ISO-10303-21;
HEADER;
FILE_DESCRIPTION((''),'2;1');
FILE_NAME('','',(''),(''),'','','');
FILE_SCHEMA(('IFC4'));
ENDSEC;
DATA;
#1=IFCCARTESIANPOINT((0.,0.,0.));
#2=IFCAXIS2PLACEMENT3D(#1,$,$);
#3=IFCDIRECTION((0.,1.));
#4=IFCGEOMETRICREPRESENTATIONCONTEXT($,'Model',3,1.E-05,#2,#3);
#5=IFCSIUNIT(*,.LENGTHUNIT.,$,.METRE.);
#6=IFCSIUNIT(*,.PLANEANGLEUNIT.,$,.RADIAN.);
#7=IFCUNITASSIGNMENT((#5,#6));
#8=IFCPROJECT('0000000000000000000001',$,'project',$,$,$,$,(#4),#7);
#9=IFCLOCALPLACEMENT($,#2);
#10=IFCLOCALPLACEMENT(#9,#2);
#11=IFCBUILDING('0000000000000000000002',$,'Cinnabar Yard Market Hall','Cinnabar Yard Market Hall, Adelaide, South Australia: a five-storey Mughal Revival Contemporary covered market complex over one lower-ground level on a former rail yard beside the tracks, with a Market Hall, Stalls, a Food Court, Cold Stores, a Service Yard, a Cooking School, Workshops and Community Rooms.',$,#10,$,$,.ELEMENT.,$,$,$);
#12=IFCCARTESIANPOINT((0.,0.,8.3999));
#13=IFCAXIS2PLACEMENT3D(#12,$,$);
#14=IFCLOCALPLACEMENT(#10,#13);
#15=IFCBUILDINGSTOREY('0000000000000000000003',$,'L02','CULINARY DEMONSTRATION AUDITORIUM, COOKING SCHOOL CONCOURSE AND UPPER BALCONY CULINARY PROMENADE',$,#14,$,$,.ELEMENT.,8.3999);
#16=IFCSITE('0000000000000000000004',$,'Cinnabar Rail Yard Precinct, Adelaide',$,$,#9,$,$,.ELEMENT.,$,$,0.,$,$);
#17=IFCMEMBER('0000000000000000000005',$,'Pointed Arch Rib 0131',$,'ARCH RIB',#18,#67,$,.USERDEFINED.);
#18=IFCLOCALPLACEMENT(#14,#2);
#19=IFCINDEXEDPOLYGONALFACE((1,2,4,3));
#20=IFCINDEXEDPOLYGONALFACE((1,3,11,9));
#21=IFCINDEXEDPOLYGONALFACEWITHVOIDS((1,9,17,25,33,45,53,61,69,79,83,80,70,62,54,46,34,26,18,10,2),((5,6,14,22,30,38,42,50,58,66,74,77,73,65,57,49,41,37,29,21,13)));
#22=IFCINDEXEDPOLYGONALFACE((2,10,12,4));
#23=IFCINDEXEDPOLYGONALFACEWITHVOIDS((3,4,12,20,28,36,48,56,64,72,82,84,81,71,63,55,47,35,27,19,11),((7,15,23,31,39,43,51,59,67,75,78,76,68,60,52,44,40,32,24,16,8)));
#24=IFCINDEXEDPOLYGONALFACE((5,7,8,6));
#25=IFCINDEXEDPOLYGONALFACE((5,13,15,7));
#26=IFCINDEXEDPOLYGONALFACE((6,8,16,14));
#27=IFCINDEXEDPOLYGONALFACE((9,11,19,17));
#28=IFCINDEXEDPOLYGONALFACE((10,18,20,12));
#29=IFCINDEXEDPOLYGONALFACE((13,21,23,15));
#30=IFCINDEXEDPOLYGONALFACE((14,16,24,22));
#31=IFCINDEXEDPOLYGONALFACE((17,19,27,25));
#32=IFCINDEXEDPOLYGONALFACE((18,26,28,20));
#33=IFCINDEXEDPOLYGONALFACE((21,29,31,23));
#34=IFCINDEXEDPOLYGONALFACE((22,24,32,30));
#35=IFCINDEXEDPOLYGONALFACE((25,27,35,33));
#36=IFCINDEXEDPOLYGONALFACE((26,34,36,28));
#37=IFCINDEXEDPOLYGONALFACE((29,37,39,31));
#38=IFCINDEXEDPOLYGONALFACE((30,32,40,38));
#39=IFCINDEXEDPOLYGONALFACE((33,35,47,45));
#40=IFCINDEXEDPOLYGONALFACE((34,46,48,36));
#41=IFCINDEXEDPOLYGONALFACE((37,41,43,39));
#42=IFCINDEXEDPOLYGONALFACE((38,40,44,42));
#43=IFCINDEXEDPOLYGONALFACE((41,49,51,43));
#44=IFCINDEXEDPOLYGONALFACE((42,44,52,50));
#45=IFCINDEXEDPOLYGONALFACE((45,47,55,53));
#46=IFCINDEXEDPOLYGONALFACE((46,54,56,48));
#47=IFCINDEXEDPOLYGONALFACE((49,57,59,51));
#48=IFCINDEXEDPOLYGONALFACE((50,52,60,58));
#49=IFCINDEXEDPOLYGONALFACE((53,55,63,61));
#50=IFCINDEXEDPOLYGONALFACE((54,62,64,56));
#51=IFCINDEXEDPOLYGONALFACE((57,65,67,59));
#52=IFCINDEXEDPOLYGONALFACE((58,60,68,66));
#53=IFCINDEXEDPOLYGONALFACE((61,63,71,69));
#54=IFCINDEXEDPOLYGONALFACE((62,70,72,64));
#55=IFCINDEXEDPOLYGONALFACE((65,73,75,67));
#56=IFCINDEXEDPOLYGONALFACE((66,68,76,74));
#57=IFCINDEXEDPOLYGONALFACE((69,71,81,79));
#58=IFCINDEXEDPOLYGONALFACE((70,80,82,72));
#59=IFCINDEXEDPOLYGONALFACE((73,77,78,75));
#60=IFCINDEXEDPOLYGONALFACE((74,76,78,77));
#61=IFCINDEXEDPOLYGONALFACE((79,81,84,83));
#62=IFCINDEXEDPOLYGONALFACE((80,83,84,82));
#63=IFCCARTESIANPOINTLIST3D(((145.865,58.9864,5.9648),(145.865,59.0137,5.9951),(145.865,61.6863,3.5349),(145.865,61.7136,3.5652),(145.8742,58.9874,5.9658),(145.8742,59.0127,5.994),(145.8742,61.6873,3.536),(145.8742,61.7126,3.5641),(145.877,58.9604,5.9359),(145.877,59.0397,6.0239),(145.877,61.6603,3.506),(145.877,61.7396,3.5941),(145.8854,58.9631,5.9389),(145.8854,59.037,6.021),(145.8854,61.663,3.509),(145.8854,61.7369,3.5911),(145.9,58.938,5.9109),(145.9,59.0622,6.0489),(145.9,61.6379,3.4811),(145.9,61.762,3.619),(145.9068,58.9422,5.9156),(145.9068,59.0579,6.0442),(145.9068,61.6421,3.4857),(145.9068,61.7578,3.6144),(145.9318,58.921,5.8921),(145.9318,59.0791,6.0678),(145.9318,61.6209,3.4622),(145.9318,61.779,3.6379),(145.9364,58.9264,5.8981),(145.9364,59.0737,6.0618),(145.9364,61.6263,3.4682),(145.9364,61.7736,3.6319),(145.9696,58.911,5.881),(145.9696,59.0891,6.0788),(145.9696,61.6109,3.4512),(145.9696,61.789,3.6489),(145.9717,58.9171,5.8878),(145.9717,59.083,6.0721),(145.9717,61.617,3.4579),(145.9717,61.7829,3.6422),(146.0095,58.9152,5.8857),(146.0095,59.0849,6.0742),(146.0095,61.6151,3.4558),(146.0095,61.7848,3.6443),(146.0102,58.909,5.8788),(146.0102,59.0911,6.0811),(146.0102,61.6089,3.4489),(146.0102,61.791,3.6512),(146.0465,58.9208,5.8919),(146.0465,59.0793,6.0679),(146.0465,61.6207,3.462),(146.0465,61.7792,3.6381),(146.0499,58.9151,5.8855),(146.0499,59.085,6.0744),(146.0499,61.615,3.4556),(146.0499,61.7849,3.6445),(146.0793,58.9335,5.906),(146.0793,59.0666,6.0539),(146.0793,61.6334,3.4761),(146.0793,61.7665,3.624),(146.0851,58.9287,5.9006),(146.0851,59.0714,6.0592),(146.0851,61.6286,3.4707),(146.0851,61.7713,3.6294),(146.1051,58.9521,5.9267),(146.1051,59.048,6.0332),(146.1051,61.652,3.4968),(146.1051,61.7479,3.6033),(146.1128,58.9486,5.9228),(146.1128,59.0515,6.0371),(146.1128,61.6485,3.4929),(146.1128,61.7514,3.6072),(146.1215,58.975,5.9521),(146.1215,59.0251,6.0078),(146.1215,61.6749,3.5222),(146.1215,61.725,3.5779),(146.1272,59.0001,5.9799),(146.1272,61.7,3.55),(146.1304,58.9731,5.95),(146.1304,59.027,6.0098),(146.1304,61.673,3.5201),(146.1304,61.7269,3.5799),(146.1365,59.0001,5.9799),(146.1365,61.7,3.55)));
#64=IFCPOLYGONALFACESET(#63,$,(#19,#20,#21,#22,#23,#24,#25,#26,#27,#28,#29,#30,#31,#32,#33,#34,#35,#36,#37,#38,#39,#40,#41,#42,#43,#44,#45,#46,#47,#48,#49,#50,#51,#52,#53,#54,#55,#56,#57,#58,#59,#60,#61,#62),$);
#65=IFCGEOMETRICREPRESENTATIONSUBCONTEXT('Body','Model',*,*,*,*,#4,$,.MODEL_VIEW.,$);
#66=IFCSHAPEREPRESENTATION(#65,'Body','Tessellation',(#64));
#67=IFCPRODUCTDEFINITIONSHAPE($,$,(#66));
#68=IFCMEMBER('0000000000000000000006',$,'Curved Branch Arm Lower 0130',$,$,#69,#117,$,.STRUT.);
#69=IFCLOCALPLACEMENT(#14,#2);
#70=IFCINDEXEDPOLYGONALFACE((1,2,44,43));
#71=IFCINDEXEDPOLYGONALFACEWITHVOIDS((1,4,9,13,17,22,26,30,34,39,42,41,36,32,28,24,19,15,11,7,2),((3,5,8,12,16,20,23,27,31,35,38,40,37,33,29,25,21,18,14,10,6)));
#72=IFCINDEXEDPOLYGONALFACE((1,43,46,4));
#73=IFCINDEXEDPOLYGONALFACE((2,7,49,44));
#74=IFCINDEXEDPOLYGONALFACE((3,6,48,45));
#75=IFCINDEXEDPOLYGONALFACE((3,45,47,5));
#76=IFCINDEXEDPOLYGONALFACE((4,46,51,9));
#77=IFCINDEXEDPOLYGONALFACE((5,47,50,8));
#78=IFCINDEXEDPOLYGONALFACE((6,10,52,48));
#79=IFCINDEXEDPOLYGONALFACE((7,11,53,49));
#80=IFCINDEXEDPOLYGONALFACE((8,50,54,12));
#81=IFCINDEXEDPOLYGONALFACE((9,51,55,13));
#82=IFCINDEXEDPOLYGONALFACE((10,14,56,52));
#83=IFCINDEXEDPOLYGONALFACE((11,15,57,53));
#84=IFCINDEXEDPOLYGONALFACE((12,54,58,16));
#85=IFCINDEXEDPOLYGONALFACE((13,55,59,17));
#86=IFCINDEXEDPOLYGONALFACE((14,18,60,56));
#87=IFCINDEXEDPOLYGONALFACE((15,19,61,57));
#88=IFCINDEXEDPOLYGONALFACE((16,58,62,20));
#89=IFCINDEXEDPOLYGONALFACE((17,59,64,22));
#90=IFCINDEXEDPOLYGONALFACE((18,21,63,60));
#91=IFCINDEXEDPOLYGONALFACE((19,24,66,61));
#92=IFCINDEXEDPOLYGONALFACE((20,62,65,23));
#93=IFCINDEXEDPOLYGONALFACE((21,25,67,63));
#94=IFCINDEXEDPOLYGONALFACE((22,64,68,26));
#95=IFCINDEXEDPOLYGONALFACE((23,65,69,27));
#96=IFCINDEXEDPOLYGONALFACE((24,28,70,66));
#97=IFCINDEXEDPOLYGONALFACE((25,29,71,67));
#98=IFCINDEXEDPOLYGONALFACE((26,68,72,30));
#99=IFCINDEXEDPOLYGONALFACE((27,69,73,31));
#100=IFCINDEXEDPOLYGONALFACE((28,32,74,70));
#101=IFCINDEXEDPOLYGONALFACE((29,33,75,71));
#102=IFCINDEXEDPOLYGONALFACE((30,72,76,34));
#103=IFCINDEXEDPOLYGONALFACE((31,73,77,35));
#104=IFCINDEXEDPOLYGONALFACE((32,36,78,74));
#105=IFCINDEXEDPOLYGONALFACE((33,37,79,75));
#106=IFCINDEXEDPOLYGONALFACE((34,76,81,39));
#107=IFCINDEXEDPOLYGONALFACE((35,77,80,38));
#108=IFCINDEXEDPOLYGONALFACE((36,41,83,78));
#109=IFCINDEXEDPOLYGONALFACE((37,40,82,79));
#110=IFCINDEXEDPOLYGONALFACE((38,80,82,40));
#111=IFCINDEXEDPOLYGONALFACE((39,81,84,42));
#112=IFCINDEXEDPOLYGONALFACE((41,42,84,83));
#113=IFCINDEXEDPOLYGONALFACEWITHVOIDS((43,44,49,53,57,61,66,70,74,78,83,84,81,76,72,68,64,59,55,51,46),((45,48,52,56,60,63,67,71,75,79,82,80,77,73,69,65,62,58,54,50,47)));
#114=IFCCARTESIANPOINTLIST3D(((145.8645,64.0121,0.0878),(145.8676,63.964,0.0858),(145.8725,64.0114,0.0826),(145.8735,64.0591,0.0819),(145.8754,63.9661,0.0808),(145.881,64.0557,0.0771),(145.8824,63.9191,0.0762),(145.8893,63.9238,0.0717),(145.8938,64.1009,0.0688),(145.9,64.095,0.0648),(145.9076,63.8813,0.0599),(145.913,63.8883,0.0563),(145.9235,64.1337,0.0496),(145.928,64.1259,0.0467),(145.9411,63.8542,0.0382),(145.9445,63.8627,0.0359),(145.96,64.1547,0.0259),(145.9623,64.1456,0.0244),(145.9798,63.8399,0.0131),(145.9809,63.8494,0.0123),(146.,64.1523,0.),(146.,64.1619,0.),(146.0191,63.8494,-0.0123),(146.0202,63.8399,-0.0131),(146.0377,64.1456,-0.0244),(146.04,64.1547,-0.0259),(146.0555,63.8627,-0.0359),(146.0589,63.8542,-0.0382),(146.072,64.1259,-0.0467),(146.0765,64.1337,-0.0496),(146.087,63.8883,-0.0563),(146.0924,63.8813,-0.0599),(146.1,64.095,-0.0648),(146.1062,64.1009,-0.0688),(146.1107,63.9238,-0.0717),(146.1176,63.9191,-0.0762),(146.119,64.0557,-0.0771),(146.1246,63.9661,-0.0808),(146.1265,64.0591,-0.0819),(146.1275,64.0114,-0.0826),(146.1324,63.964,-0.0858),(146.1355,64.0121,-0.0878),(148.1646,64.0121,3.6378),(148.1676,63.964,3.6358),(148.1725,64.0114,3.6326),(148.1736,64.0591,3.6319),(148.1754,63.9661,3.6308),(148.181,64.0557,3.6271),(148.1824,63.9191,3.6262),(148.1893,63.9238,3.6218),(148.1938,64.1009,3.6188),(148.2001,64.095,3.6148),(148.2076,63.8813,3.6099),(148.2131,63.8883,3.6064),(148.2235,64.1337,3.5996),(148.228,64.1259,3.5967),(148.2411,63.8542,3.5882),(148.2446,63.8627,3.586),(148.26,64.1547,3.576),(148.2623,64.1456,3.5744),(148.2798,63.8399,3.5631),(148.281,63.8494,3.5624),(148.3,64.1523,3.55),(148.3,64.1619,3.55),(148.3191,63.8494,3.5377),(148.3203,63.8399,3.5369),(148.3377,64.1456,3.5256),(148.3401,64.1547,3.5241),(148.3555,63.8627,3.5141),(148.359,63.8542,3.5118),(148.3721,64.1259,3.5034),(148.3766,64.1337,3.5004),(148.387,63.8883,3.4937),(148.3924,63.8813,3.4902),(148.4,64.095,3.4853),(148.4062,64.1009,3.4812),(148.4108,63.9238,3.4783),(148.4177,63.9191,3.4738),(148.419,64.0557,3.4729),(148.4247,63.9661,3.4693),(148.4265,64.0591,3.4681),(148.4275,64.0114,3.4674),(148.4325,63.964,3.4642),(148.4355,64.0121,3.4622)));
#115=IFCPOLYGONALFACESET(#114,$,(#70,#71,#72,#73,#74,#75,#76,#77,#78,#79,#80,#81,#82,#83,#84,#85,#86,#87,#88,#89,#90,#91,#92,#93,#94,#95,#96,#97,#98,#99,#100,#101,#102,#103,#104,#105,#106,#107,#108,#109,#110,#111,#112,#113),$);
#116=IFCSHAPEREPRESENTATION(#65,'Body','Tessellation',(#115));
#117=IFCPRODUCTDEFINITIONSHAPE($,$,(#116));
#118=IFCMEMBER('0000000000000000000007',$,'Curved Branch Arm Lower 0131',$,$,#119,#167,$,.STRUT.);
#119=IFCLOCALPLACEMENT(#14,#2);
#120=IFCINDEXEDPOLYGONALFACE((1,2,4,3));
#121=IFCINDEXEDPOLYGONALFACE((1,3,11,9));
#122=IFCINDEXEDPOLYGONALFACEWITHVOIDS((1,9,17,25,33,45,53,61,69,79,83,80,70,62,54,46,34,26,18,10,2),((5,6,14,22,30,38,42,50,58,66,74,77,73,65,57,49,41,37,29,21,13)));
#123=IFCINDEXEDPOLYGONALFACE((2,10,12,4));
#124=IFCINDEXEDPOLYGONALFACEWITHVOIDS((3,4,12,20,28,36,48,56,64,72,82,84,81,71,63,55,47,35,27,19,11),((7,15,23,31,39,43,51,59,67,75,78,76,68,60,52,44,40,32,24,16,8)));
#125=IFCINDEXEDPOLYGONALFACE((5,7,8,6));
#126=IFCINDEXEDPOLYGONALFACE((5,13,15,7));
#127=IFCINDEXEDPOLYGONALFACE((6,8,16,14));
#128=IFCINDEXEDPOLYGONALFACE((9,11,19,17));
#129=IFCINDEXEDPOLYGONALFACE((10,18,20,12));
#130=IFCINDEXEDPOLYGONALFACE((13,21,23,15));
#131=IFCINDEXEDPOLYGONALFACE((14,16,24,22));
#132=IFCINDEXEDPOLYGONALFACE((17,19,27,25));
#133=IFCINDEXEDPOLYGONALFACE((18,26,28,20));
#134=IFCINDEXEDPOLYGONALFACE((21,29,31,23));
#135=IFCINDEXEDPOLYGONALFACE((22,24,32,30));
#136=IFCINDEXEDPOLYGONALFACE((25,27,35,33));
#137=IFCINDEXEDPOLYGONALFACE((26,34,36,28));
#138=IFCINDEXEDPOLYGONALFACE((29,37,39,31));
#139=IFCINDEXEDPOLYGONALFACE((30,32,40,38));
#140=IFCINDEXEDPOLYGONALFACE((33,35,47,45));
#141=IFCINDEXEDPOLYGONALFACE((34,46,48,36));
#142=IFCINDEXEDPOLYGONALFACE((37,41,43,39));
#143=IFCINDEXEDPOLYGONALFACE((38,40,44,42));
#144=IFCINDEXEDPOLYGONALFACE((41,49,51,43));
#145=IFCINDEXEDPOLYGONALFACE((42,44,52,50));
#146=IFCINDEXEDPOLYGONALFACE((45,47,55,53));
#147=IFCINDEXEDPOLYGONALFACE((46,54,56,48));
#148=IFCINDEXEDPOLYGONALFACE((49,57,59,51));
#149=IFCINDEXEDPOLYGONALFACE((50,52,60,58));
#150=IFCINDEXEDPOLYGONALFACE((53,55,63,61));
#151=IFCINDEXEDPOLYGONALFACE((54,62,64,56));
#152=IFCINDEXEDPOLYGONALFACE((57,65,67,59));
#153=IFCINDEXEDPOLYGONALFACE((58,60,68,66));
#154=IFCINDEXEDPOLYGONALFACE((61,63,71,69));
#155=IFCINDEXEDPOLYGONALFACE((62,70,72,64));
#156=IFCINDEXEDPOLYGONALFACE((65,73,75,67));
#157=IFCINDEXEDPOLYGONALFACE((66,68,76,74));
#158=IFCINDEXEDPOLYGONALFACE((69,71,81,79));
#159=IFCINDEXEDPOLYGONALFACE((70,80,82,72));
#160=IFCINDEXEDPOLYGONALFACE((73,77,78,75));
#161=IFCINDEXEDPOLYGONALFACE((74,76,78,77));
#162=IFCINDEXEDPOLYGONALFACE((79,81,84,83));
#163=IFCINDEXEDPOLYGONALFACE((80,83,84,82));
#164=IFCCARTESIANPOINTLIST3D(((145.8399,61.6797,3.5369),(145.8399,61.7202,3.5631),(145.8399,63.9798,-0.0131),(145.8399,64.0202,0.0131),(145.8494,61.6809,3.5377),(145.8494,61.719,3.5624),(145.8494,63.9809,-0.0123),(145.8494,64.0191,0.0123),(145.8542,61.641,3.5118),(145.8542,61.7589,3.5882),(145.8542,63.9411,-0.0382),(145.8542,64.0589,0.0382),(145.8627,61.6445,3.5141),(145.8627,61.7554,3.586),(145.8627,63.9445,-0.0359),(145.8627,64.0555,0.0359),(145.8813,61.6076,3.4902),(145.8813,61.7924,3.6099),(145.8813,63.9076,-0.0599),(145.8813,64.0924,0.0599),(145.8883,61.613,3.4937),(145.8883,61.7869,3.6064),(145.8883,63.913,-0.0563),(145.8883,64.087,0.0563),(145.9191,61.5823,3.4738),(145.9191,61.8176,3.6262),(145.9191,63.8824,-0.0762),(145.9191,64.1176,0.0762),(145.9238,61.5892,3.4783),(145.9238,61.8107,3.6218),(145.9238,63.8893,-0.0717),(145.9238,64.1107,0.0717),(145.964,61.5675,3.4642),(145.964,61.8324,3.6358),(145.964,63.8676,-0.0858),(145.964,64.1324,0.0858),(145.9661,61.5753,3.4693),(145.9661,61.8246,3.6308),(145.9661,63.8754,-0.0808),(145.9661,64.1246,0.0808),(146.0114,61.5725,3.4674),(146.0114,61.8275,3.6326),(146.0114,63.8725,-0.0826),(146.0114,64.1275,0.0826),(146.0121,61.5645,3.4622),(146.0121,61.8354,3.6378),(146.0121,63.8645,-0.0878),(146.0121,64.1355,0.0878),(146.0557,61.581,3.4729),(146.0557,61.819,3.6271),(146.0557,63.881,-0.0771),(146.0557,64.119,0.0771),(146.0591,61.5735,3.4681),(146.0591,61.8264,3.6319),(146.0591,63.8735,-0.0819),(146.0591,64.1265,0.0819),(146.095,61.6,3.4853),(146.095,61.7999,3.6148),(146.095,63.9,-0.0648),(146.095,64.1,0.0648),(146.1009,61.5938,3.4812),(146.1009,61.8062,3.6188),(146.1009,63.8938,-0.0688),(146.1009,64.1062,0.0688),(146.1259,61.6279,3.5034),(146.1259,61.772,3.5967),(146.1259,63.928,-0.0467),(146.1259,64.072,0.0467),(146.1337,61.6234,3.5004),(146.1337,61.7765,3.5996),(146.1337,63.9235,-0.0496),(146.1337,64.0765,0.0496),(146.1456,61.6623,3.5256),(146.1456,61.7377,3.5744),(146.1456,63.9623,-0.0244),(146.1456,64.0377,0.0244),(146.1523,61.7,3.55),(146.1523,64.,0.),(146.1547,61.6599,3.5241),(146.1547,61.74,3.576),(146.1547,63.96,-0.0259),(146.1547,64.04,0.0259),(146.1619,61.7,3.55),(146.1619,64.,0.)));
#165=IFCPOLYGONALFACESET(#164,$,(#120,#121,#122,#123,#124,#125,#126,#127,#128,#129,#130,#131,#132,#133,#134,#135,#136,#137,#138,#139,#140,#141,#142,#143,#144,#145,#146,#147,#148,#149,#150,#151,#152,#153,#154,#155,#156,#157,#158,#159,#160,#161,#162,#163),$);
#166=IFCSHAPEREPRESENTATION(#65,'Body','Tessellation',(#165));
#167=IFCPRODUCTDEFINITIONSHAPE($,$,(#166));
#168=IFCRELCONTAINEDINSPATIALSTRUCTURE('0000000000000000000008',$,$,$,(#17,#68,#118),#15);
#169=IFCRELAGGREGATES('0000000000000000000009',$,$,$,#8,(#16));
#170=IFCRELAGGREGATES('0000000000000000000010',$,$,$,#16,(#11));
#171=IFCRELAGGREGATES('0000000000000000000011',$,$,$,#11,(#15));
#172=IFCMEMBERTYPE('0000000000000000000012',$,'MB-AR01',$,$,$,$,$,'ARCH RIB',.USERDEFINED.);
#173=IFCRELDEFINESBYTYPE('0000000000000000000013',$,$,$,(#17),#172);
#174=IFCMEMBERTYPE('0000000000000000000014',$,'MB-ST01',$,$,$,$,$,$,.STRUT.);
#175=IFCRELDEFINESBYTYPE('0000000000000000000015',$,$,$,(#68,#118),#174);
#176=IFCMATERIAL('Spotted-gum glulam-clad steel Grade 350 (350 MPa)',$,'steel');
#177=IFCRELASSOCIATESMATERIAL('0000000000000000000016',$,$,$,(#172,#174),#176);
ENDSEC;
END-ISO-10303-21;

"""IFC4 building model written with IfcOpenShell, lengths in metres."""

from ifc_helpers import new_model, si_unit, direction, frame, origin, origin_2d_with_axis, place, context, subcontext, project, spatial, hollow_circle, extrude, material, material_profile, profile_set, type_object, element, save


model = new_model("IFC4")

# Units and contexts
model_context = context("Model", 3, precision=1e-05, world=origin(), true_north=direction((0.0, 1.0)))
body_context = subcontext(model_context, "Body", "Model", "MODEL_VIEW")
ifc_project = project(units=[si_unit("LENGTHUNIT", "METRE"), si_unit("PLANEANGLEUNIT", "RADIAN")], contexts=[model_context])

# Site, building, storey
site_placement = place(None, origin())
site = spatial("IfcSite", under=ifc_project, at=site_placement, Name="Cinnabar Rail Yard Precinct, Adelaide", CompositionType="ELEMENT", RefElevation=0.0)
building_placement = place(site_placement, origin())
building = spatial("IfcBuilding", under=site, at=building_placement, Name="Cinnabar Yard Market Hall", Description="Cinnabar Yard Market Hall, Adelaide, South Australia: a five-storey Mughal Revival Contemporary covered market complex over one lower-ground level on a former rail yard beside the tracks, with a Market Hall, Stalls, a Food Court, Cold Stores, a Service Yard, a Cooking School, Workshops and Community Rooms.", CompositionType="ELEMENT")
storey_placement = place(building_placement, frame((0.0, 0.0, 8.3999)))
storey = spatial("IfcBuildingStorey", under=building, at=storey_placement, Name="L02", Description="CULINARY DEMONSTRATION AUDITORIUM, COOKING SCHOOL CONCOURSE AND UPPER BALCONY CULINARY PROMENADE", CompositionType="ELEMENT", Elevation=8.3999)

# Shared definitions
ifc_material_1 = material(Name="Spotted-gum glulam-clad steel Grade 350 (350 MPa)", Category="steel")

# Members
ifc_material_profile_1 = material_profile(ifc_material_1, hollow_circle(Radius=0.1365, WallThickness=0.0093, at=origin_2d_with_axis()), Name="273.1x9.3CHS")
ifc_profile_set_1 = profile_set([ifc_material_profile_1], Name="Spotted-gum glulam-clad steel Grade 350 (350 MPa)")
member_type_1 = type_object("IfcMemberType", Name="MB-AR01", ElementType="ARCH RIB", PredefinedType="USERDEFINED", material=ifc_profile_set_1)
for number, where, z_axis, x_axis, name in (
    (1, (146.0, 61.7, 3.55), (0.0, -0.743297, 0.668961), (1.0, 0.0, 0.0), "Pointed Arch Rib 0131"),
):
    element("IfcMember", number, at=place(storey_placement, frame(where, z_axis=z_axis, x_axis=x_axis)), inside=storey, type_object=member_type_1, Name=name, ObjectType="ARCH RIB", PredefinedType="USERDEFINED", context=body_context, shape_type="SweptSolid", body=[
        extrude(hollow_circle(Radius=0.1365, WallThickness=0.0093, at=origin_2d_with_axis()), origin(), (0.0, 0.0, 1.0), 3.6323),
    ])
ifc_material_profile_2 = material_profile(ifc_material_1, hollow_circle(Radius=0.1619, WallThickness=0.0095, at=origin_2d_with_axis()), Name="323.9x9.5CHS")
ifc_profile_set_2 = profile_set([ifc_material_profile_2], Name="Spotted-gum glulam-clad steel Grade 350 (350 MPa)")
member_type_2 = type_object("IfcMemberType", Name="MB-ST01", PredefinedType="STRUT", material=ifc_profile_set_2)
for number, where, z_axis, x_axis, name in (
    (2, (146.0, 64.0, 0.0), (0.543744, 0.0, 0.839251), (0.0, 1.0, 0.0), "Curved Branch Arm Lower 0130"),
    (3, (146.0, 64.0, 0.0), (0.0, -0.543744, 0.839251), (1.0, 0.0, 0.0), "Curved Branch Arm Lower 0131"),
):
    element("IfcMember", number, at=place(storey_placement, frame(where, z_axis=z_axis, x_axis=x_axis)), inside=storey, type_object=member_type_2, Name=name, PredefinedType="STRUT", context=body_context, shape_type="SweptSolid", body=[
        extrude(hollow_circle(Radius=0.1619, WallThickness=0.0095, at=origin_2d_with_axis()), origin(), (0.0, 0.0, 1.0), 4.23),
    ])

save(model, "model.ifc")
